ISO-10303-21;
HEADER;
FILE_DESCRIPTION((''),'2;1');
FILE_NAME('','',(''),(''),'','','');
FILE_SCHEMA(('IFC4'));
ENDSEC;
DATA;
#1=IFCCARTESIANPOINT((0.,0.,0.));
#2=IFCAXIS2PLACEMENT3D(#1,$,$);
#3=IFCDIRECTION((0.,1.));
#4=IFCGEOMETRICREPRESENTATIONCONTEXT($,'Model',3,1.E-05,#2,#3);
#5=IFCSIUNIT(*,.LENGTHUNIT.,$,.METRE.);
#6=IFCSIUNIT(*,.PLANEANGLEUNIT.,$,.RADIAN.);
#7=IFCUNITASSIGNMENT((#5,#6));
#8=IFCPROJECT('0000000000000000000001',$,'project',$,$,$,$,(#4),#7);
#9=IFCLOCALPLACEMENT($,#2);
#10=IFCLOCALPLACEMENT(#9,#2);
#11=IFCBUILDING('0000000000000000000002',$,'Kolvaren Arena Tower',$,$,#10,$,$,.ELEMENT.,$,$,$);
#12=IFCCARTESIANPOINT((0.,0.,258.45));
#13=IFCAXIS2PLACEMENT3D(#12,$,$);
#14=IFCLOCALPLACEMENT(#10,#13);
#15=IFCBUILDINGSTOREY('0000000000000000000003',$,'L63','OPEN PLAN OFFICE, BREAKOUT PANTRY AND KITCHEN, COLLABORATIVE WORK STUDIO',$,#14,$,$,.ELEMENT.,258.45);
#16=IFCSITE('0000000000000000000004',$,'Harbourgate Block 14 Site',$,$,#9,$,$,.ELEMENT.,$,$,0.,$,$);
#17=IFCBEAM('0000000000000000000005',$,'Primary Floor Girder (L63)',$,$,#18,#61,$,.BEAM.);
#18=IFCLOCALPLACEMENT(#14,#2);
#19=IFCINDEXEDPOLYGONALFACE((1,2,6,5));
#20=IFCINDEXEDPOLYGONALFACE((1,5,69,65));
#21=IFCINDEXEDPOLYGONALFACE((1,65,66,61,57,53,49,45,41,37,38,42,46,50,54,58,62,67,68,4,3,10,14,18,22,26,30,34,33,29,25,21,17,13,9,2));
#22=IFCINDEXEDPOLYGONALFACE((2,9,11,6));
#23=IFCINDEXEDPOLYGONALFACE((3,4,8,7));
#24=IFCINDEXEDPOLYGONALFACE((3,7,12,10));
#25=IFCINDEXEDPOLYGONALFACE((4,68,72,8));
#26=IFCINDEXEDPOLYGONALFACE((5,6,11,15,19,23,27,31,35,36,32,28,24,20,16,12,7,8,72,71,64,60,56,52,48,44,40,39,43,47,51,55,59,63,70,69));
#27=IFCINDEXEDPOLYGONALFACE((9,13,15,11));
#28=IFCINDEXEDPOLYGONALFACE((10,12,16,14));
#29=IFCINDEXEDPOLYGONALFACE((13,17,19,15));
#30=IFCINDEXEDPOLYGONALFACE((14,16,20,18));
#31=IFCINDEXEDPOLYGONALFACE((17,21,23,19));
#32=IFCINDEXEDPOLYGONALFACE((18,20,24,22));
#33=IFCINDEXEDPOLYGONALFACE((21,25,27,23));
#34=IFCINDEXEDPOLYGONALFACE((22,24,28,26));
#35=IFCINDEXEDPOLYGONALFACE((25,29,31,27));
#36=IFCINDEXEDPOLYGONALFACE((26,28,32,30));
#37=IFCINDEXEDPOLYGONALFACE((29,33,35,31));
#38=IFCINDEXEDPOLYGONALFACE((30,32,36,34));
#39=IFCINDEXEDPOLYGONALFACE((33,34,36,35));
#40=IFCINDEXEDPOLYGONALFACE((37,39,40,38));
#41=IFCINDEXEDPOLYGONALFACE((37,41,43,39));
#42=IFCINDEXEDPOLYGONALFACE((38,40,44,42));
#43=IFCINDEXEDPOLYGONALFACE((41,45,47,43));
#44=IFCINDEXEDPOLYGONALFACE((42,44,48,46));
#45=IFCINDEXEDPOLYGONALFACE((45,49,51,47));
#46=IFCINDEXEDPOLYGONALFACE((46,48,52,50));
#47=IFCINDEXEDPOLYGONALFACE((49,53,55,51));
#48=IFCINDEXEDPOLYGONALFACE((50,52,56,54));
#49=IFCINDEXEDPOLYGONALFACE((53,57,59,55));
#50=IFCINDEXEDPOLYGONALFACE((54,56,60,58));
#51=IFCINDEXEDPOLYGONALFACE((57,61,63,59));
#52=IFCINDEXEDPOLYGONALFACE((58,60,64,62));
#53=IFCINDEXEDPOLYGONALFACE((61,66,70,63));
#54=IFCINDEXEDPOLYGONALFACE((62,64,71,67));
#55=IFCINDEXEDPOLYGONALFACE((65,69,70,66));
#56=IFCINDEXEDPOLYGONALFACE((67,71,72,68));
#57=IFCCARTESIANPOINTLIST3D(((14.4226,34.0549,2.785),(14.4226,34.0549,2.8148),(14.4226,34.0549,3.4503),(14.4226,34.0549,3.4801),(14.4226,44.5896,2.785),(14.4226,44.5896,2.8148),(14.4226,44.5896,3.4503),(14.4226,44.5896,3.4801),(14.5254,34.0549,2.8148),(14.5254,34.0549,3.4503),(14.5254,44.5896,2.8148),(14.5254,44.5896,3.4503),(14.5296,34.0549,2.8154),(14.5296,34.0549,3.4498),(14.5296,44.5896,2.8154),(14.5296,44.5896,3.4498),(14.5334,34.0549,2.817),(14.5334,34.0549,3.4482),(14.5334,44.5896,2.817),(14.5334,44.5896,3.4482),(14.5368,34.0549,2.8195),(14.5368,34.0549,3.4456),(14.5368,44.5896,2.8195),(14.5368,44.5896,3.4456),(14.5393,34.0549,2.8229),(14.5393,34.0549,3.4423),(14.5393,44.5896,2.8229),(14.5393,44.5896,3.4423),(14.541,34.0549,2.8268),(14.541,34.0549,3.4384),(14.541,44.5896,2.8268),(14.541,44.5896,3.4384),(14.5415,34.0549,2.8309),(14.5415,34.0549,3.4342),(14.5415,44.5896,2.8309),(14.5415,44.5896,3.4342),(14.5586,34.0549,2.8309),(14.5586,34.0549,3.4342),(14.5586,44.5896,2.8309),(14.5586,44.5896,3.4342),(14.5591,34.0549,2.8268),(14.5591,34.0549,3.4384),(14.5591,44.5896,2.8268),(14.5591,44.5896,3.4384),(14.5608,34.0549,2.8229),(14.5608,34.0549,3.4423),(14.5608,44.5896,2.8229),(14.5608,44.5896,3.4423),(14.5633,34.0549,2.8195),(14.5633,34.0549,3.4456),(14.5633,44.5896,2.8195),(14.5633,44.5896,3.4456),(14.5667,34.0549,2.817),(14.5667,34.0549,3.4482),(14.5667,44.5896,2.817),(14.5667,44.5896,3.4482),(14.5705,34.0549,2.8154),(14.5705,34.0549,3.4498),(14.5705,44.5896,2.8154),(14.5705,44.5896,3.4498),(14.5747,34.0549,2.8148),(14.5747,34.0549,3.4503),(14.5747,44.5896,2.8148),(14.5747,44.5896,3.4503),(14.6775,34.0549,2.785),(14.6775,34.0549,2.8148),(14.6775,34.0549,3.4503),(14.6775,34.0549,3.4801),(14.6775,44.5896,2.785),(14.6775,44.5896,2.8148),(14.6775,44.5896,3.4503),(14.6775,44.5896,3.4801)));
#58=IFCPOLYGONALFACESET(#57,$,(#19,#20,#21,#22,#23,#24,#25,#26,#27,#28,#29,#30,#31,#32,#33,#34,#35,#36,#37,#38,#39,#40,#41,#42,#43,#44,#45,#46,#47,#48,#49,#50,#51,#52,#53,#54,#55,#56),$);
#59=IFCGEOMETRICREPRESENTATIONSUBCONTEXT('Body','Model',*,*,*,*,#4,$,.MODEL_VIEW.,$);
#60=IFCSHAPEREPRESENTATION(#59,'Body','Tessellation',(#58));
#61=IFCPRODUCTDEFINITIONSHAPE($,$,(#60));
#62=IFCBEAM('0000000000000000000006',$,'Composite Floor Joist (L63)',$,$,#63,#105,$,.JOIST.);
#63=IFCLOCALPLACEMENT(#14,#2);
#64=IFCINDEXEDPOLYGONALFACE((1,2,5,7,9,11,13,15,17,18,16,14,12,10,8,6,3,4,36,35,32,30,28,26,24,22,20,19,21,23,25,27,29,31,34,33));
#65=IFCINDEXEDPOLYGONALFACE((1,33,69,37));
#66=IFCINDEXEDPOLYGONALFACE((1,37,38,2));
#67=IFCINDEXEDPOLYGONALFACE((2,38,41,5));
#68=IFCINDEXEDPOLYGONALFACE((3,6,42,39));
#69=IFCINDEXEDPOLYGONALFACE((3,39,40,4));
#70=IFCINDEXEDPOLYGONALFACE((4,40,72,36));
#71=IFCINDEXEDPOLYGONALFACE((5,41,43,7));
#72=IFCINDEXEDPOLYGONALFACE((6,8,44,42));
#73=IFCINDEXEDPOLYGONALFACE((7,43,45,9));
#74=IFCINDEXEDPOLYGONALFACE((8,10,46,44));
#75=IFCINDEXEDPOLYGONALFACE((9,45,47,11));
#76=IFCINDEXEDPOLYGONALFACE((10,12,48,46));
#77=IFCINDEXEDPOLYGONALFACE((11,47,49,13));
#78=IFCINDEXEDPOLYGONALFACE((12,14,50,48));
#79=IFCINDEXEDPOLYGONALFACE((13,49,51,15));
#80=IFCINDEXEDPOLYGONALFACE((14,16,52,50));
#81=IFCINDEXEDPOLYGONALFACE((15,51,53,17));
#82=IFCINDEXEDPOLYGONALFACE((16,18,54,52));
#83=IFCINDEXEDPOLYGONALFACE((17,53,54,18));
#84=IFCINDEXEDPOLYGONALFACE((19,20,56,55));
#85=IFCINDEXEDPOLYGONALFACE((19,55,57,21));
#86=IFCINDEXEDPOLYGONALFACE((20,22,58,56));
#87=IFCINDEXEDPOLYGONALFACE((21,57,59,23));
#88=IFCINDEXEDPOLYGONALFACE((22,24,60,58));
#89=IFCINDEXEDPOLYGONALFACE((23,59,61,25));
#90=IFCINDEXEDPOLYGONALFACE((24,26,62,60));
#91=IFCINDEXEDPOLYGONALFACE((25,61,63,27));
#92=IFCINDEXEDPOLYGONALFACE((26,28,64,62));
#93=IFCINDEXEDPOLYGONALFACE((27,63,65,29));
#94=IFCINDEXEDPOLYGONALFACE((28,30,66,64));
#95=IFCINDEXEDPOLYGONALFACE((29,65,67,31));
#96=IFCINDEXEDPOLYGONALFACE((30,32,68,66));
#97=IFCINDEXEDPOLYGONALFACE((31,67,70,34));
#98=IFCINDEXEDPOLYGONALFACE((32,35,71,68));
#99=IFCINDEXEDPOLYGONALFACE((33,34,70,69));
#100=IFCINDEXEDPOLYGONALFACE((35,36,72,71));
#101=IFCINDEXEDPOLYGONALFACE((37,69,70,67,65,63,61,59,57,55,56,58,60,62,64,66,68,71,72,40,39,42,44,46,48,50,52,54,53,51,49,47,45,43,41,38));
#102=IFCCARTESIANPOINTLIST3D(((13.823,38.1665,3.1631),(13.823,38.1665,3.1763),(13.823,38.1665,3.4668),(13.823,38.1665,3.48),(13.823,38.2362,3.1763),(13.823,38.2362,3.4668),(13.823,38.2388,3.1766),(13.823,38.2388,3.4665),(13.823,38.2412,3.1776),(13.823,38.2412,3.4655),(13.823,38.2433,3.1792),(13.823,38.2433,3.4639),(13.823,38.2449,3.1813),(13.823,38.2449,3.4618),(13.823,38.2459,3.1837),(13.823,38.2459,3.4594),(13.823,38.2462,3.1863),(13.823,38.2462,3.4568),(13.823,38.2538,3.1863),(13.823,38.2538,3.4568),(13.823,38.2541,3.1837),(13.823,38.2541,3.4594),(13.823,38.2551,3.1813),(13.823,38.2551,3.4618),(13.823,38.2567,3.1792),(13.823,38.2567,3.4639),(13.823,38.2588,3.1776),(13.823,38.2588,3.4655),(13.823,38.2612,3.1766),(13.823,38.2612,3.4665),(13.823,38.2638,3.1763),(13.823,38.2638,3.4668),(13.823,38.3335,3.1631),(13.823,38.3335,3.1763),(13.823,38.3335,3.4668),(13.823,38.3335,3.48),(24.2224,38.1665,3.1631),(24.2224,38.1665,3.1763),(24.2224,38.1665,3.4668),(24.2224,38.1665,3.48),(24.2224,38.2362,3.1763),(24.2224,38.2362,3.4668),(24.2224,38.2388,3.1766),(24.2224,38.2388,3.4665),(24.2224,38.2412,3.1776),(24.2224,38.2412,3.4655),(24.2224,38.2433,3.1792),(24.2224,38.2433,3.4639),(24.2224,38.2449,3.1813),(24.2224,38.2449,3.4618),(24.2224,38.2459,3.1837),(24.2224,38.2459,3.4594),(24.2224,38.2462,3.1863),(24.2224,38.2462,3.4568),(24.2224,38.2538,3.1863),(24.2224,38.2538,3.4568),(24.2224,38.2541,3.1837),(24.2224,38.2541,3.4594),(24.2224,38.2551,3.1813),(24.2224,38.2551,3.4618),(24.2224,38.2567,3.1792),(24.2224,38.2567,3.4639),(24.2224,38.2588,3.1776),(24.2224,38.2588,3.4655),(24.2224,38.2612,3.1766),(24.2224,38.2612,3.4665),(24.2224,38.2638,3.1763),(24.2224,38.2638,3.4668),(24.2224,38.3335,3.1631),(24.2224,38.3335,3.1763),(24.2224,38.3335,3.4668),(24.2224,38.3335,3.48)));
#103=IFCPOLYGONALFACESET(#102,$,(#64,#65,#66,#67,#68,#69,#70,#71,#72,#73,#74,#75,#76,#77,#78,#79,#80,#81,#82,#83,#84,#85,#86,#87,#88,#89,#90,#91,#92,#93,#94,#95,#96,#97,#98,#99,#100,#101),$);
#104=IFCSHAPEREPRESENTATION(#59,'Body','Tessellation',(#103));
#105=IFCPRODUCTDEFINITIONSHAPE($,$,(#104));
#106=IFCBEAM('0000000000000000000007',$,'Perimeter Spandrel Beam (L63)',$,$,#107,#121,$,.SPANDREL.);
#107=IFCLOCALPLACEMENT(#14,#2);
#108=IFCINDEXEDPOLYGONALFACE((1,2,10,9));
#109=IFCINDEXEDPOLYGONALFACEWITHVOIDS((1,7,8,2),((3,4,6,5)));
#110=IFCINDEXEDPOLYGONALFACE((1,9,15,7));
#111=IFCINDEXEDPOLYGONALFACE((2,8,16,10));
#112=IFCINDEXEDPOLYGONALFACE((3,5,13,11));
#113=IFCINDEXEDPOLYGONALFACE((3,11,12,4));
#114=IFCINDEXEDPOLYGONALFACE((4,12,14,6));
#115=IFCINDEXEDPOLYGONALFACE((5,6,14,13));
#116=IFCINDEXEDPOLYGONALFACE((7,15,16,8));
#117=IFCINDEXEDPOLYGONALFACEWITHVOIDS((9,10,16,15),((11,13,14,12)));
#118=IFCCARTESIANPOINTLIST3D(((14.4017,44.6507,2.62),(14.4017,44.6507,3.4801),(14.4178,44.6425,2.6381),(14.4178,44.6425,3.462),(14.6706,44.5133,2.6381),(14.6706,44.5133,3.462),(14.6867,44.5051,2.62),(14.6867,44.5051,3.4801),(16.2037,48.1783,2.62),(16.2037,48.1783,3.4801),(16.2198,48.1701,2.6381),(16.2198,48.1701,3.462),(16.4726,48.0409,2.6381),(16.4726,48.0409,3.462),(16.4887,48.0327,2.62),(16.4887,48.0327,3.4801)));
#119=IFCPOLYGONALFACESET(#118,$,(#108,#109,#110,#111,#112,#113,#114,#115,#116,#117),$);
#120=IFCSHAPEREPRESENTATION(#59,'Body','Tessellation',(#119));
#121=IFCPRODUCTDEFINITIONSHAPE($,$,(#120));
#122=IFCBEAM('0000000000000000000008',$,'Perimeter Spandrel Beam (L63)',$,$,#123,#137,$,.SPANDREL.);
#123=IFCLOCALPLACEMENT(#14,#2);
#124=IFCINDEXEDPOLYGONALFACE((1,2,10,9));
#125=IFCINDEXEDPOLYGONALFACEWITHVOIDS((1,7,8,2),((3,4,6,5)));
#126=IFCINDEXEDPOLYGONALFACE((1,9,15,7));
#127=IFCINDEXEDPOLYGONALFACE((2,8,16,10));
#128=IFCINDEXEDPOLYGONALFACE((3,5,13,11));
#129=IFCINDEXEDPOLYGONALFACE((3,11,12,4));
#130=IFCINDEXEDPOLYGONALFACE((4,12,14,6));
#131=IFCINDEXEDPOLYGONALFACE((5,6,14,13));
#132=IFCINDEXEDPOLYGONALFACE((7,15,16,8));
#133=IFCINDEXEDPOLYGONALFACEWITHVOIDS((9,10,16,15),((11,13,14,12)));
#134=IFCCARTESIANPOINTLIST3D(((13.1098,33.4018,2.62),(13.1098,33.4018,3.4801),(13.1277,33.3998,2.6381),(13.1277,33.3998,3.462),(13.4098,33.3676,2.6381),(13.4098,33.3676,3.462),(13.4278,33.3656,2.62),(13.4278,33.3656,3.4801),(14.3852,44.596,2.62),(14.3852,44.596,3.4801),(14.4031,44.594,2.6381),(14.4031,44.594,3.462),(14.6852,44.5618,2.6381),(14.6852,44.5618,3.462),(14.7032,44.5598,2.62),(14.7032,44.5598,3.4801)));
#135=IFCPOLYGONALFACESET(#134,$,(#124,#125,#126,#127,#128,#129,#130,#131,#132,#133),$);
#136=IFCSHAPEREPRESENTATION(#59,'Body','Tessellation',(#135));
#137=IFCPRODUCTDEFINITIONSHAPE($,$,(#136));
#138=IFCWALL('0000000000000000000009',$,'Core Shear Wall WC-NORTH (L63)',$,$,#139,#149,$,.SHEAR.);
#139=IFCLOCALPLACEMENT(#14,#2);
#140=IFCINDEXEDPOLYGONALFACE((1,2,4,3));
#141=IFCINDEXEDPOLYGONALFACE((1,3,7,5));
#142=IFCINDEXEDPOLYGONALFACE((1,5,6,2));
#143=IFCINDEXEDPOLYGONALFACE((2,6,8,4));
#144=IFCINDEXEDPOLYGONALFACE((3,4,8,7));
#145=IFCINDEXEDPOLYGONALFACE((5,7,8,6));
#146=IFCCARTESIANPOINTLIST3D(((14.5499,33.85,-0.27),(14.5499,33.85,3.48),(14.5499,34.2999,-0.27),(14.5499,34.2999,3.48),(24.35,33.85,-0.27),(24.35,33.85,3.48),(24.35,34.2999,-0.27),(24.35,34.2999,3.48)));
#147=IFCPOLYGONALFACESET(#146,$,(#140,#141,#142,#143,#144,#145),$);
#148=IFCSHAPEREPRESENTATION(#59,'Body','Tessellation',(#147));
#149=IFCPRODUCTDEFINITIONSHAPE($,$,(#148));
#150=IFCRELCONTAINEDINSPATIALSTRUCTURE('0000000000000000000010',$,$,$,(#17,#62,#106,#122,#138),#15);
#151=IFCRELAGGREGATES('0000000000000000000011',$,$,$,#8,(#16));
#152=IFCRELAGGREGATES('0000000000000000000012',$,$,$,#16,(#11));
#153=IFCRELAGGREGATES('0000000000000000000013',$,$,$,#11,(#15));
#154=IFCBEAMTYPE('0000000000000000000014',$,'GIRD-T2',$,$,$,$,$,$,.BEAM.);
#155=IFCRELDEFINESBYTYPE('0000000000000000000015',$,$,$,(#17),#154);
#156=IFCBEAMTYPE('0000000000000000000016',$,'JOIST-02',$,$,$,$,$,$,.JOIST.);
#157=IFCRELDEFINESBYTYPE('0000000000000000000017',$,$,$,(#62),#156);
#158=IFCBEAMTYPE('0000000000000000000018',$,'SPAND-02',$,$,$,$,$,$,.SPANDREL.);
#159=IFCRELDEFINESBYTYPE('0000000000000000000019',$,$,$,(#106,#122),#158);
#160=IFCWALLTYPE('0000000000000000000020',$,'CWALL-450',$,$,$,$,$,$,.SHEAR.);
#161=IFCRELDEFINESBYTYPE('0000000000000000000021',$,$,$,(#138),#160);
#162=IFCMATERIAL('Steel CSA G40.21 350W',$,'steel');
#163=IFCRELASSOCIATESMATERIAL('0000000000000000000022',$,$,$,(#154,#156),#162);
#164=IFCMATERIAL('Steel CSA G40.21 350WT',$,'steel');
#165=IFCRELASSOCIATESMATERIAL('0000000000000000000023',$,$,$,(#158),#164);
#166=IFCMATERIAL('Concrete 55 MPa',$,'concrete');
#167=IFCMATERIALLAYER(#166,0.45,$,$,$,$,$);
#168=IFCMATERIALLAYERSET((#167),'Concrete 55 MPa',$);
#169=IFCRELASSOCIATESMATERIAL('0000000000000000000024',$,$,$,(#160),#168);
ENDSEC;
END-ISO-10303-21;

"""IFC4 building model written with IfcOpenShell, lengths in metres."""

from ifc_helpers import new_model, si_unit, direction, frame, frame_2d, origin, origin_2d, place, context, subcontext, project, spatial, rectangle, hollow_rectangle, i_section, extrude, material, layer, layer_set, material_profile, profile_set, type_object, element, save


model = new_model("IFC4")

# Units and contexts
model_context = context("Model", 3, precision=1e-05, world=origin(), true_north=direction((0.0, 1.0)))
body_context = subcontext(model_context, "Body", "Model", "MODEL_VIEW")
ifc_project = project(units=[si_unit("LENGTHUNIT", "METRE"), si_unit("PLANEANGLEUNIT", "RADIAN")], contexts=[model_context])

# Site, building, storey
site_placement = place(None, origin())
site = spatial("IfcSite", under=ifc_project, at=site_placement, Name="Harbourgate Block 14 Site", CompositionType="ELEMENT", RefElevation=0.0)
building_placement = place(site_placement, origin())
building = spatial("IfcBuilding", under=site, at=building_placement, Name="Kolvaren Arena Tower", CompositionType="ELEMENT")
storey_placement = place(building_placement, frame((0.0, 0.0, 258.45)))
storey = spatial("IfcBuildingStorey", under=building, at=storey_placement, Name="L63", Description="OPEN PLAN OFFICE, BREAKOUT PANTRY AND KITCHEN, COLLABORATIVE WORK STUDIO", CompositionType="ELEMENT", Elevation=258.45)

# Beams
ifc_material_1 = material(Name="Steel CSA G40.21 350W", Category="steel")
ifc_material_profile_1 = material_profile(ifc_material_1, i_section(OverallWidth=0.2549, OverallDepth=0.6951, WebThickness=0.0171, FlangeThickness=0.0298, FilletRadius=0.0161, at=origin_2d()), Name="W690x217")
ifc_profile_set_1 = profile_set([ifc_material_profile_1], Name="Steel CSA G40.21 350W")
beam_type_1 = type_object("IfcBeamType", Name="GIRD-T2", PredefinedType="BEAM", material=ifc_profile_set_1)
beam_1_placement = place(storey_placement, frame((14.55, 34.0549, 3.1326), z_axis=(0.0, 1.0, 0.0), x_axis=(-1.0, 0.0, 0.0)))
element("IfcBeam", 1, at=beam_1_placement, inside=storey, type_object=beam_type_1, Name="Primary Floor Girder (L63)", PredefinedType="BEAM", context=body_context, shape_type="SweptSolid", body=[
    extrude(i_section(OverallWidth=0.2549, OverallDepth=0.6951, WebThickness=0.0171, FlangeThickness=0.0298, FilletRadius=0.0161, at=origin_2d()), origin(), (0.0, 0.0, 1.0), 10.5347),
])
ifc_material_profile_2 = material_profile(ifc_material_1, i_section(OverallWidth=0.167, OverallDepth=0.3169, WebThickness=0.0076, FlangeThickness=0.0132, FilletRadius=0.01, at=origin_2d()), Name="W310x52")
ifc_profile_set_2 = profile_set([ifc_material_profile_2], Name="Steel CSA G40.21 350W")
beam_type_2 = type_object("IfcBeamType", Name="JOIST-02", PredefinedType="JOIST", material=ifc_profile_set_2)
beam_2_placement = place(storey_placement, frame((13.823, 38.25, 3.3215), z_axis=(1.0, 0.0, 0.0), x_axis=(0.0, 1.0, 0.0)))
element("IfcBeam", 2, at=beam_2_placement, inside=storey, type_object=beam_type_2, Name="Composite Floor Joist (L63)", PredefinedType="JOIST", context=body_context, shape_type="SweptSolid", body=[
    extrude(i_section(OverallWidth=0.167, OverallDepth=0.3169, WebThickness=0.0076, FlangeThickness=0.0132, FilletRadius=0.01, at=origin_2d()), origin(), (0.0, 0.0, 1.0), 10.3994),
])
ifc_material_2 = material(Name="Steel CSA G40.21 350WT", Category="steel")
ifc_material_profile_3 = material_profile(ifc_material_2, hollow_rectangle(XDim=0.3201, YDim=0.8601, WallThickness=0.0181, at=origin_2d()), Name="HSS 860x320x18")
ifc_profile_set_3 = profile_set([ifc_material_profile_3], Name="Steel CSA G40.21 350WT")
beam_type_3 = type_object("IfcBeamType", Name="SPAND-02", PredefinedType="SPANDREL", material=ifc_profile_set_3)
beam_3_placement = place(storey_placement, frame((16.3462, 48.1055, 3.05), z_axis=(-0.454913, -0.890536, 0.0), x_axis=(0.890536, -0.454913, 0.0)))
element("IfcBeam", 3, at=beam_3_placement, inside=storey, type_object=beam_type_3, Name="Perimeter Spandrel Beam (L63)", PredefinedType="SPANDREL", context=body_context, shape_type="SweptSolid", body=[
    extrude(hollow_rectangle(XDim=0.3201, YDim=0.8601, WallThickness=0.0181, at=origin_2d()), origin(), (0.0, 0.0, 1.0), 3.9612),
])
beam_4_placement = place(storey_placement, frame((14.5442, 44.5779, 3.05), z_axis=(-0.113202, -0.993572, 0.0), x_axis=(0.993572, -0.113202, 0.0)))
element("IfcBeam", 4, at=beam_4_placement, inside=storey, type_object=beam_type_3, Name="Perimeter Spandrel Beam (L63)", PredefinedType="SPANDREL", context=body_context, shape_type="SweptSolid", body=[
    extrude(hollow_rectangle(XDim=0.3201, YDim=0.8601, WallThickness=0.0181, at=origin_2d()), origin(), (0.0, 0.0, 1.0), 11.2666),
])

# Wall
ifc_material_3 = material(Name="Concrete 55 MPa", Category="concrete")
ifc_layer_1 = layer(ifc_material_3, 0.45)
ifc_layer_set_1 = layer_set([ifc_layer_1], Name="Concrete 55 MPa")
wall_type_1 = type_object("IfcWallType", Name="CWALL-450", PredefinedType="SHEAR", material=ifc_layer_set_1)
wall_1_placement = place(storey_placement, frame((14.55, 34.075, -0.27), z_axis=(0.0, 0.0, 1.0), x_axis=(1.0, 0.0, 0.0)))
element("IfcWall", 5, at=wall_1_placement, inside=storey, type_object=wall_type_1, Name="Core Shear Wall WC-NORTH (L63)", PredefinedType="SHEAR", context=body_context, shape_type="SweptSolid", body=[
    extrude(rectangle(XDim=9.8, YDim=0.45, at=frame_2d((4.8999, 0.0))), origin(), (0.0, 0.0, 1.0), 3.75),
])

save(model, "model.ifc")
